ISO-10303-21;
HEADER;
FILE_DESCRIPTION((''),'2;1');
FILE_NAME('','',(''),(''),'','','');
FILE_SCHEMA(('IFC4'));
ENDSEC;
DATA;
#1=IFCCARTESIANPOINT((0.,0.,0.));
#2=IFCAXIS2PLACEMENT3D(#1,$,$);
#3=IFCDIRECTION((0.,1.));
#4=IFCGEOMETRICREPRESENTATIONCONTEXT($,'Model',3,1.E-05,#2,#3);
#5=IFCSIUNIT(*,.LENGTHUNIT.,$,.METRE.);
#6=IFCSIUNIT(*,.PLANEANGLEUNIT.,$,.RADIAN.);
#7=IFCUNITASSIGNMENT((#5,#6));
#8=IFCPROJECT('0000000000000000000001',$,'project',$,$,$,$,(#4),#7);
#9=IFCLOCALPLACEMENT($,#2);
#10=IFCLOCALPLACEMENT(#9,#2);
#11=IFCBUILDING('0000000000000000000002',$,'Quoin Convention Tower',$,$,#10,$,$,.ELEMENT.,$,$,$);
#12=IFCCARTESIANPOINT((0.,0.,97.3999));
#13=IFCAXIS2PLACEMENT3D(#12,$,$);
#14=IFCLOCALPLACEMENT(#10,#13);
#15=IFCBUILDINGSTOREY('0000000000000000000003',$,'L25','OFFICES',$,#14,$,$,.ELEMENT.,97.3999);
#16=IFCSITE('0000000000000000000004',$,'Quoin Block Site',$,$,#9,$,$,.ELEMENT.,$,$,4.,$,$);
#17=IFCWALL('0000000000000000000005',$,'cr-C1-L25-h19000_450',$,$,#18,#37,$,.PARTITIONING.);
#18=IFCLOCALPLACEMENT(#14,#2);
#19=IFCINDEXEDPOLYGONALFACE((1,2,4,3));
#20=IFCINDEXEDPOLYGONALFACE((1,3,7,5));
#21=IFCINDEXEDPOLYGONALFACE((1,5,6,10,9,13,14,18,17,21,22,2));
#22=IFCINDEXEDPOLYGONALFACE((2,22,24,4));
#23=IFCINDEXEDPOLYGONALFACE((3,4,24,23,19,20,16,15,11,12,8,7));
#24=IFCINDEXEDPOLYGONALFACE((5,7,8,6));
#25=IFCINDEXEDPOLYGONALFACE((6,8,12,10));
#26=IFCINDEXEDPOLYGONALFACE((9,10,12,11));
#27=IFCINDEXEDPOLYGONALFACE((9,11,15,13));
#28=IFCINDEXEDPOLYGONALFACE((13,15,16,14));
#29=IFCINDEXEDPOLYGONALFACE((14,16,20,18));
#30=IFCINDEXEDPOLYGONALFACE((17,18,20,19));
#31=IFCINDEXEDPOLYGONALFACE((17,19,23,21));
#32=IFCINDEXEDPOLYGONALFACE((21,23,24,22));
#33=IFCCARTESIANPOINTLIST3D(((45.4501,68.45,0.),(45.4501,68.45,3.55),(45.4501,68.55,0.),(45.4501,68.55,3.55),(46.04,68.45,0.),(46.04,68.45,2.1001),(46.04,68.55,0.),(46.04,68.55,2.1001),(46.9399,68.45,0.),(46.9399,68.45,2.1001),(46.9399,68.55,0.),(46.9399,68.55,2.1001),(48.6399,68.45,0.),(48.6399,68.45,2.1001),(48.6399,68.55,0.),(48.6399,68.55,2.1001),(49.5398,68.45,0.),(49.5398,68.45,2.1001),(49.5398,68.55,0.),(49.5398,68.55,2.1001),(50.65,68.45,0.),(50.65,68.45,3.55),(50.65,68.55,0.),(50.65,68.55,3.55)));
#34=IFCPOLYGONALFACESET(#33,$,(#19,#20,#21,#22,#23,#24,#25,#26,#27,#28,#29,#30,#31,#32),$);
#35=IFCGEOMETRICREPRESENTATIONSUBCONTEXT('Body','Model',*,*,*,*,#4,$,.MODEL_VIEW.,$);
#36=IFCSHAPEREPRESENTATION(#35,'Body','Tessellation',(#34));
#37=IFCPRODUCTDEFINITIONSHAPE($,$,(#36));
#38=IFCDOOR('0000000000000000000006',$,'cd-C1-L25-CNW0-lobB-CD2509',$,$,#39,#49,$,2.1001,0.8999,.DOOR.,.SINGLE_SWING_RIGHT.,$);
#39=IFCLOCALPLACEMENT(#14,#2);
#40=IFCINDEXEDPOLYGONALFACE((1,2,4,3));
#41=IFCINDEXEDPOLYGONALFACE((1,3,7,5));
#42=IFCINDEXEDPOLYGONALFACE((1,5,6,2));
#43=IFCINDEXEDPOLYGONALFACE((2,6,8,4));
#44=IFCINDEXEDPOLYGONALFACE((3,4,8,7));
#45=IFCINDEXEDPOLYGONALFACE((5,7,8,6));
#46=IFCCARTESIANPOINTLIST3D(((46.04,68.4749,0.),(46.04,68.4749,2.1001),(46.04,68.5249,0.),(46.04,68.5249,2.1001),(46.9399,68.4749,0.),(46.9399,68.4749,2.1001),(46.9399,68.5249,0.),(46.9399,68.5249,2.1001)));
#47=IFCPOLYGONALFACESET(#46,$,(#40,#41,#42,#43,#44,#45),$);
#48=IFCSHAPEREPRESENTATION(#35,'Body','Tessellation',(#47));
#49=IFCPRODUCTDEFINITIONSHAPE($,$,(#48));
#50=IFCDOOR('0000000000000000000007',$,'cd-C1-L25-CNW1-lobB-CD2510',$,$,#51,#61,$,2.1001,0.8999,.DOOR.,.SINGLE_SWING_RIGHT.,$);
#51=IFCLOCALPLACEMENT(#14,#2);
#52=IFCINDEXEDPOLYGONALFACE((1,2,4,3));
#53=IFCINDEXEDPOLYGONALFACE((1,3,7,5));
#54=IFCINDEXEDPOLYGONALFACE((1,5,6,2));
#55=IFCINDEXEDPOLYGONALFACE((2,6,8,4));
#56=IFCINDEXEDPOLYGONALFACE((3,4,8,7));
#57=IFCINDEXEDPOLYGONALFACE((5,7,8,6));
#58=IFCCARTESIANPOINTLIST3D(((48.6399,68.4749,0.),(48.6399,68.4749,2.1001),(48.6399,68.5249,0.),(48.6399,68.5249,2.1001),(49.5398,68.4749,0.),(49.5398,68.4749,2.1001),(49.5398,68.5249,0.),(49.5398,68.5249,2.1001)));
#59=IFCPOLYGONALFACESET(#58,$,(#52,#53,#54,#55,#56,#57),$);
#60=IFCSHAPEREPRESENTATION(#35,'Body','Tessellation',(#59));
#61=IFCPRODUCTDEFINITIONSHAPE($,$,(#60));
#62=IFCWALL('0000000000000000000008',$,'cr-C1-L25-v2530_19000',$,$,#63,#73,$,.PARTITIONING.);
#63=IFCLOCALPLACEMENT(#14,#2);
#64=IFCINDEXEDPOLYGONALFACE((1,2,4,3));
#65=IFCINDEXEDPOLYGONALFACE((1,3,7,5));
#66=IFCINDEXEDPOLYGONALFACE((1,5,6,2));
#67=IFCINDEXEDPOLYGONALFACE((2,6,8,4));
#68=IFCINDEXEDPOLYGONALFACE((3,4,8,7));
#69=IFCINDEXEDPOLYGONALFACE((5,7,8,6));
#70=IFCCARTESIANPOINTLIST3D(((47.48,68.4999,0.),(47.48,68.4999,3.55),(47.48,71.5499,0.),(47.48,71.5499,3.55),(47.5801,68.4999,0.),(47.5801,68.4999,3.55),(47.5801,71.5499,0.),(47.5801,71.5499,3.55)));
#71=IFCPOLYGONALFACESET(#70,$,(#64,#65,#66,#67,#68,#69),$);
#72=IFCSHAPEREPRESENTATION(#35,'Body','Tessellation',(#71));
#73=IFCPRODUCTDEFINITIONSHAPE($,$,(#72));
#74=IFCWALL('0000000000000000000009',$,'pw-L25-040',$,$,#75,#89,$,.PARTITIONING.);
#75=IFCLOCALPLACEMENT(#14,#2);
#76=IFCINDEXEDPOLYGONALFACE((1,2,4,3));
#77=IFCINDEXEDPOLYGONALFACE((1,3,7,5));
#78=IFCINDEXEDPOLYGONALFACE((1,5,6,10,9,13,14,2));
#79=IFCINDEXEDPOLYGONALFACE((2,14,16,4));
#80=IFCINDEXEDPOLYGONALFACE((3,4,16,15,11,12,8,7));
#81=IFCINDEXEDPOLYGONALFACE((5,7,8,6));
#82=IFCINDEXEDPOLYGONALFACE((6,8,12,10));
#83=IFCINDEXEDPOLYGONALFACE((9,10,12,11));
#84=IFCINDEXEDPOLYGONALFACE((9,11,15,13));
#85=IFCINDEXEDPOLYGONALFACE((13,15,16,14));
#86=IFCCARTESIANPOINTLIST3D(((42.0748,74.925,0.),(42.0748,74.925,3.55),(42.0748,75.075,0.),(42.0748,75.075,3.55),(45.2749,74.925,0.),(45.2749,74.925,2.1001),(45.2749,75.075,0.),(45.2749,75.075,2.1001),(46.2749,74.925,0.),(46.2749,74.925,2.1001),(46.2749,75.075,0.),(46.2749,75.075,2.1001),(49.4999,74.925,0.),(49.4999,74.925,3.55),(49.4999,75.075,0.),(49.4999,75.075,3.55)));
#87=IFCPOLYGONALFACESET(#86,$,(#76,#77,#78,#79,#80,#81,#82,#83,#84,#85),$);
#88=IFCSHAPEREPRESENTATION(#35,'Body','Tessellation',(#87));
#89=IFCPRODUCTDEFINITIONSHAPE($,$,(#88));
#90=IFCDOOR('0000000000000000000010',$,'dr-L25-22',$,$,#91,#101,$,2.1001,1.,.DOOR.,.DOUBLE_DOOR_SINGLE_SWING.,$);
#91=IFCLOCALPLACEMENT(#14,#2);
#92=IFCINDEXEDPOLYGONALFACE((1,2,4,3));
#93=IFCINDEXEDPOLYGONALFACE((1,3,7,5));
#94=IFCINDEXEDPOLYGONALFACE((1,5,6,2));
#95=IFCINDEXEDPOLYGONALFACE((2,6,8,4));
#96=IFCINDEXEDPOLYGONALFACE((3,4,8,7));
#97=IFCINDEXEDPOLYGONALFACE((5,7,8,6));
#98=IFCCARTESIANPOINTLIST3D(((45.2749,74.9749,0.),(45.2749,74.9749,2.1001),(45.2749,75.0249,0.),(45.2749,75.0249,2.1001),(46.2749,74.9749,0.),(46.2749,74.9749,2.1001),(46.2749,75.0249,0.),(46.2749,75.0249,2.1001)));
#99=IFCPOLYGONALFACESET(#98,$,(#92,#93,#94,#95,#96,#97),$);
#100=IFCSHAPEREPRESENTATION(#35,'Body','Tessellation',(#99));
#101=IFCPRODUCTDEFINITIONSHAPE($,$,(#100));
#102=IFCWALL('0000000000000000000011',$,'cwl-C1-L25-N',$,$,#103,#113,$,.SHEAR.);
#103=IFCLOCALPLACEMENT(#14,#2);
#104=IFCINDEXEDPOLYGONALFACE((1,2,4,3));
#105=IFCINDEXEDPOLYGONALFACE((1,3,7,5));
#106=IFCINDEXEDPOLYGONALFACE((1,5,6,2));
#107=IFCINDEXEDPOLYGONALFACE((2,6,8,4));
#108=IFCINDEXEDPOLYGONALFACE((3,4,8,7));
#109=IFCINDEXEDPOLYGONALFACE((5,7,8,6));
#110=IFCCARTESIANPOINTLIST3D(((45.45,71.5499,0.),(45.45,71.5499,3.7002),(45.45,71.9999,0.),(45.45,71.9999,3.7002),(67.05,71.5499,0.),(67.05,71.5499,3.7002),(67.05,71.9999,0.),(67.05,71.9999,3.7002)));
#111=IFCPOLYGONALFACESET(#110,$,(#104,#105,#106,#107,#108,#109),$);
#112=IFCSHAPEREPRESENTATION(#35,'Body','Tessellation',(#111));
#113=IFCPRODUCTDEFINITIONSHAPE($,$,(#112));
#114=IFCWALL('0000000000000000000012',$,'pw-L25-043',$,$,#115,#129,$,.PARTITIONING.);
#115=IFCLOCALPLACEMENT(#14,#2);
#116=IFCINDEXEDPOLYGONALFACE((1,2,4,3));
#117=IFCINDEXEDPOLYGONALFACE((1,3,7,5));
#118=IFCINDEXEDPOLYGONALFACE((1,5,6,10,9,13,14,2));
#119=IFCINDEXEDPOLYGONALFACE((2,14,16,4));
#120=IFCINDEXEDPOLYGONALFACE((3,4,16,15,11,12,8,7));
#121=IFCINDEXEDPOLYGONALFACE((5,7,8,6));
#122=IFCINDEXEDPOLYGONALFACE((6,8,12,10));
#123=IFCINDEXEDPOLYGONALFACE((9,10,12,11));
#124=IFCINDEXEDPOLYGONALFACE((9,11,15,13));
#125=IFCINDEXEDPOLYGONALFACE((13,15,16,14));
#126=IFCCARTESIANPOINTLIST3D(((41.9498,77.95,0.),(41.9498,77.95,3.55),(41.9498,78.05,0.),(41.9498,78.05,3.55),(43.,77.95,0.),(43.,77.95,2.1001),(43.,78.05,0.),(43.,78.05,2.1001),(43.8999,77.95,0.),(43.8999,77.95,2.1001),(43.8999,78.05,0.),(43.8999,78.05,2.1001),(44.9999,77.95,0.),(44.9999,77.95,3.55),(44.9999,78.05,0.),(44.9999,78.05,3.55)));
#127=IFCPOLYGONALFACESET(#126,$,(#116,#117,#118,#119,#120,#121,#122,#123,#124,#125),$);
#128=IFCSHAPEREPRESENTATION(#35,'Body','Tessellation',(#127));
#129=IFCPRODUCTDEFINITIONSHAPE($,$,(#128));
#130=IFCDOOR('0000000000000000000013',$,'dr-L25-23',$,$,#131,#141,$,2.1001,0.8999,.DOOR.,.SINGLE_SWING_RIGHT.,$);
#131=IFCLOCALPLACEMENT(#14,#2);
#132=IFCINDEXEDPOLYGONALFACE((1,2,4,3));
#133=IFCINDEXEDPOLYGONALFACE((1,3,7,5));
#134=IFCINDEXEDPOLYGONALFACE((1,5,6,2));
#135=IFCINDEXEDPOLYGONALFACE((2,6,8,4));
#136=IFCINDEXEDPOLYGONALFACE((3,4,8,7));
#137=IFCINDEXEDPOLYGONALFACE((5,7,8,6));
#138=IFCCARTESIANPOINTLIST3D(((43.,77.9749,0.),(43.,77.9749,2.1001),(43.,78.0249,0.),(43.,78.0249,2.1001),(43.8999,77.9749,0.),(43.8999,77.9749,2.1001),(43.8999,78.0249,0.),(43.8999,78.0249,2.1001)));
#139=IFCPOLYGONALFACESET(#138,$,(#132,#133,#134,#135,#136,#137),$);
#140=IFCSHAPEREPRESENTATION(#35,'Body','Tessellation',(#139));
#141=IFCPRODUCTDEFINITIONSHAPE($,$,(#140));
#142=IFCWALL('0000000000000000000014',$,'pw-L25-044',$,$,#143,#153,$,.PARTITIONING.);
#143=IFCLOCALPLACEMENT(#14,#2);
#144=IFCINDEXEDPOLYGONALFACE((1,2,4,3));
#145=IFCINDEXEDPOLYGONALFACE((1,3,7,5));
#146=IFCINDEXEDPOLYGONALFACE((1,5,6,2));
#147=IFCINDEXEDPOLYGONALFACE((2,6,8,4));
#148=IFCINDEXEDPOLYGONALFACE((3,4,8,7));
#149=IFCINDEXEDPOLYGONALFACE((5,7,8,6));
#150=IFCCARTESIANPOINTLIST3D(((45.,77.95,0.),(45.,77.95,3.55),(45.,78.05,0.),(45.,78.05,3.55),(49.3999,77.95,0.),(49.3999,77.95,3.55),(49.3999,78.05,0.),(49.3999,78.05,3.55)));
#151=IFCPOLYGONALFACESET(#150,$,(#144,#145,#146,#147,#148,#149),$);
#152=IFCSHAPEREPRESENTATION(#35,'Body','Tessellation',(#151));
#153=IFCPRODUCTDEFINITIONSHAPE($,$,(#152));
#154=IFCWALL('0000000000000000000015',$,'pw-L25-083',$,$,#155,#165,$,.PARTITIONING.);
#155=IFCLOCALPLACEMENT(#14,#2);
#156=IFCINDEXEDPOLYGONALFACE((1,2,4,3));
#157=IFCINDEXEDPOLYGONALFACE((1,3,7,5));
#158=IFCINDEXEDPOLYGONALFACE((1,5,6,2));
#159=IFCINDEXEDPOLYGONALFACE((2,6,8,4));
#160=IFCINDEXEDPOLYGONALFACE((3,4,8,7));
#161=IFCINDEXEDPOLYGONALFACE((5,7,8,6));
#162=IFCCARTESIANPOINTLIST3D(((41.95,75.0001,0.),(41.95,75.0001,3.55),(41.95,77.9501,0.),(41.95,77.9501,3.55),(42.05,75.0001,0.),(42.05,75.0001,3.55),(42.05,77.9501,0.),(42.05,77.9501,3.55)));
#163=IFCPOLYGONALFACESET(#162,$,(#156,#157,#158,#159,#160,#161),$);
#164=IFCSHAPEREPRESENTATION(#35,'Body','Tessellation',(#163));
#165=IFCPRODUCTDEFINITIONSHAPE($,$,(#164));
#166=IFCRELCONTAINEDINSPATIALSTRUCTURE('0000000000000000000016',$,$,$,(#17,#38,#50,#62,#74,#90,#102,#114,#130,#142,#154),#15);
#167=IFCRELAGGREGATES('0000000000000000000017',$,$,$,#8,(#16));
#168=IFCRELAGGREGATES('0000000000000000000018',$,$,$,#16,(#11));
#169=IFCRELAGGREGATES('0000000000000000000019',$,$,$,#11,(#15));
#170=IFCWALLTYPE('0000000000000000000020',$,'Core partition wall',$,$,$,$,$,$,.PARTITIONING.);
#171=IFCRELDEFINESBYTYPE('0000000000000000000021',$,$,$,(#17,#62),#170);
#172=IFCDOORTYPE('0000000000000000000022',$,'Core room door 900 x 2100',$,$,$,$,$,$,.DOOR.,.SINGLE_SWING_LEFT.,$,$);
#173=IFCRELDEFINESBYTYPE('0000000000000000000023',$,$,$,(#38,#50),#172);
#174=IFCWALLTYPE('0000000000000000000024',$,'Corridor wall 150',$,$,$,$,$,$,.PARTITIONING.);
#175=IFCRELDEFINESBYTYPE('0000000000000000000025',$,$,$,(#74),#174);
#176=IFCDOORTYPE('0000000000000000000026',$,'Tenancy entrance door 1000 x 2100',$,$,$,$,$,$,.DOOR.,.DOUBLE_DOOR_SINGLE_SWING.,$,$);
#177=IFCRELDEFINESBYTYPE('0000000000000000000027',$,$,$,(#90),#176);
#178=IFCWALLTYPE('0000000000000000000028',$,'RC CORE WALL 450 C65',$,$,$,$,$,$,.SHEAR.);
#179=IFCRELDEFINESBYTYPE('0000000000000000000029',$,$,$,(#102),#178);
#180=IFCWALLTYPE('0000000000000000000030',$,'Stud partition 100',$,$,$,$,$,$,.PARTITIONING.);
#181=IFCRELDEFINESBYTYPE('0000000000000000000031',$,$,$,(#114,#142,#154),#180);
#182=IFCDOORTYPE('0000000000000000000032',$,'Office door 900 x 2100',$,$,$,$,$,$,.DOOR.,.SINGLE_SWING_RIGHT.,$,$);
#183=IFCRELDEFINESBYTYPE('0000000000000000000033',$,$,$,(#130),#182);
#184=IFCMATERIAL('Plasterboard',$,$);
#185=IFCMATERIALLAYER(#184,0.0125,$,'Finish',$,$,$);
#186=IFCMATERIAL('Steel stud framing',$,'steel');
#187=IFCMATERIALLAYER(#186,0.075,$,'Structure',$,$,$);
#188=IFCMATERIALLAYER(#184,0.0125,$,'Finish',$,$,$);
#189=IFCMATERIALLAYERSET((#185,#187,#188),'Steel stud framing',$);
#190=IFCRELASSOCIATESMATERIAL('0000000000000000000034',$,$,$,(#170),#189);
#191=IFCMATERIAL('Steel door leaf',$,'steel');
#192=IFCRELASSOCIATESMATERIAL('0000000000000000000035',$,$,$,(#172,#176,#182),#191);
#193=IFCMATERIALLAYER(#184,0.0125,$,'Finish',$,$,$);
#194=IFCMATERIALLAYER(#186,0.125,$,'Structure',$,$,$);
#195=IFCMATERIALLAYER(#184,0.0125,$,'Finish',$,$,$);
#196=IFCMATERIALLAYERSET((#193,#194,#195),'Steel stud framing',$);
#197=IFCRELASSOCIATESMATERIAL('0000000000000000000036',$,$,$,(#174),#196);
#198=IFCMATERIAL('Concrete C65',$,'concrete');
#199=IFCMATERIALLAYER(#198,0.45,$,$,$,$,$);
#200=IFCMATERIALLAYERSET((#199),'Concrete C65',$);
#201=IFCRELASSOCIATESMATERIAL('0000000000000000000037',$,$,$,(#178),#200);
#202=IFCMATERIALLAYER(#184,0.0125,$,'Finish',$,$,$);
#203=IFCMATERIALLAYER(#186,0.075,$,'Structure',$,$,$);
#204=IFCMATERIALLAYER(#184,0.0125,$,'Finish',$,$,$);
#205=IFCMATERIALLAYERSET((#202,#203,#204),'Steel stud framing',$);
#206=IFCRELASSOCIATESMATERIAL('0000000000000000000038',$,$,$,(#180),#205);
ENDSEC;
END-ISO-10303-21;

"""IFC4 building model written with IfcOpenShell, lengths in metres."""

from ifc_helpers import new_model, si_unit, direction, frame, frame_2d, origin, place, context, subcontext, project, spatial, rectangle, extrude, material, layer, layer_set, type_object, element, fill, save


model = new_model("IFC4")

# Units and contexts
model_context = context("Model", 3, precision=1e-05, world=origin(), true_north=direction((0.0, 1.0)))
body_context = subcontext(model_context, "Body", "Model", "MODEL_VIEW")
ifc_project = project(units=[si_unit("LENGTHUNIT", "METRE"), si_unit("PLANEANGLEUNIT", "RADIAN")], contexts=[model_context])

# Site, building, storey
site_placement = place(None, origin())
site = spatial("IfcSite", under=ifc_project, at=site_placement, Name="Quoin Block Site", CompositionType="ELEMENT", RefElevation=4.0)
building_placement = place(site_placement, origin())
building = spatial("IfcBuilding", under=site, at=building_placement, Name="Quoin Convention Tower", CompositionType="ELEMENT")
storey_placement = place(building_placement, frame((0.0, 0.0, 97.3999)))
storey = spatial("IfcBuildingStorey", under=building, at=storey_placement, Name="L25", Description="OFFICES", CompositionType="ELEMENT", Elevation=97.3999)

# Shared definitions
ifc_material_1 = material(Name="Concrete C65", Category="concrete")

# Wall, openings, doors
ifc_material_2 = material(Name="Plasterboard")
ifc_layer_1 = layer(ifc_material_2, 0.0125, Name="Finish")
ifc_material_3 = material(Name="Steel stud framing", Category="steel")
ifc_layer_2 = layer(ifc_material_3, 0.075, Name="Structure")
ifc_layer_3 = layer(ifc_material_2, 0.0125, Name="Finish")
ifc_layer_set_1 = layer_set([ifc_layer_1, ifc_layer_2, ifc_layer_3], Name="Steel stud framing")
wall_type_1 = type_object("IfcWallType", Name="Core partition wall", PredefinedType="PARTITIONING", material=ifc_layer_set_1)
wall_1_placement = place(storey_placement, frame((45.45, 68.5, 0.0), z_axis=(0.0, 0.0, 1.0), x_axis=(1.0, 0.0, 0.0)))
wall_1 = element("IfcWall", 1, at=wall_1_placement, inside=storey, type_object=wall_type_1, Name="cr-C1-L25-h19000_450", PredefinedType="PARTITIONING", context=body_context, shape_type="SweptSolid", body=[
    extrude(rectangle(XDim=5.2, YDim=0.1001, at=frame_2d((2.6001, 0.0))), origin(), (0.0, 0.0, 1.0), 3.55),
])
opening_1_placement = place(wall_1_placement, frame((0.5901, 0.0, 0.0)))
opening_1 = element("IfcOpeningElement", 2, at=opening_1_placement, cuts=wall_1, PredefinedType="OPENING", context=body_context, shape_type="SweptSolid", body=[
    extrude(rectangle(XDim=0.8999, YDim=2.1001, at=frame_2d((0.45, 1.05))), frame((0.0, 0.0601, 0.0), z_axis=(0.0, -1.0, 0.0), x_axis=(1.0, 0.0, 0.0)), (0.0, 0.0, 1.0), 0.1201),
])
opening_2_placement = place(wall_1_placement, frame((3.1899, 0.0, 0.0)))
opening_2 = element("IfcOpeningElement", 3, at=opening_2_placement, cuts=wall_1, PredefinedType="OPENING", context=body_context, shape_type="SweptSolid", body=[
    extrude(rectangle(XDim=0.8999, YDim=2.1001, at=frame_2d((0.45, 1.05))), frame((0.0, 0.0601, 0.0), z_axis=(0.0, -1.0, 0.0), x_axis=(1.0, 0.0, 0.0)), (0.0, 0.0, 1.0), 0.1201),
])
ifc_material_4 = material(Name="Steel door leaf", Category="steel")
door_type_1 = type_object("IfcDoorType", Name="Core room door 900 x 2100", OperationType="SINGLE_SWING_LEFT", PredefinedType="DOOR", material=ifc_material_4)
door_1_placement = place(opening_1_placement, origin())
door_1 = element("IfcDoor", 4, at=door_1_placement, inside=storey, type_object=door_type_1, Name="cd-C1-L25-CNW0-lobB-CD2509", OperationType="SINGLE_SWING_RIGHT", OverallHeight=2.1001, OverallWidth=0.8999, PredefinedType="DOOR", context=body_context, shape_type="SweptSolid", body=[
    extrude(rectangle(XDim=0.8999, YDim=2.1001, at=frame_2d((0.45, 1.05))), frame((0.0, 0.0249, 0.0), z_axis=(0.0, -1.0, 0.0), x_axis=(1.0, 0.0, 0.0)), (0.0, 0.0, 1.0), 0.05),
])
fill(opening_1, door_1)
door_2_placement = place(opening_2_placement, origin())
door_2 = element("IfcDoor", 5, at=door_2_placement, inside=storey, type_object=door_type_1, Name="cd-C1-L25-CNW1-lobB-CD2510", OperationType="SINGLE_SWING_RIGHT", OverallHeight=2.1001, OverallWidth=0.8999, PredefinedType="DOOR", context=body_context, shape_type="SweptSolid", body=[
    extrude(rectangle(XDim=0.8999, YDim=2.1001, at=frame_2d((0.45, 1.05))), frame((0.0, 0.0249, 0.0), z_axis=(0.0, -1.0, 0.0), x_axis=(1.0, 0.0, 0.0)), (0.0, 0.0, 1.0), 0.05),
])
fill(opening_2, door_2)

# Wall
wall_2_placement = place(storey_placement, frame((47.53, 68.5, 0.0), z_axis=(0.0, 0.0, 1.0), x_axis=(0.0, 1.0, 0.0)))
element("IfcWall", 6, at=wall_2_placement, inside=storey, type_object=wall_type_1, Name="cr-C1-L25-v2530_19000", PredefinedType="PARTITIONING", context=body_context, shape_type="SweptSolid", body=[
    extrude(rectangle(XDim=3.05, YDim=0.1001, at=frame_2d((1.5249, 0.0))), origin(), (0.0, 0.0, 1.0), 3.55),
])

# Wall, opening, door
ifc_layer_4 = layer(ifc_material_2, 0.0125, Name="Finish")
ifc_layer_5 = layer(ifc_material_3, 0.125, Name="Structure")
ifc_layer_6 = layer(ifc_material_2, 0.0125, Name="Finish")
ifc_layer_set_2 = layer_set([ifc_layer_4, ifc_layer_5, ifc_layer_6], Name="Steel stud framing")
wall_type_2 = type_object("IfcWallType", Name="Corridor wall 150", PredefinedType="PARTITIONING", material=ifc_layer_set_2)
wall_3_placement = place(storey_placement, frame((42.075, 75.0, 0.0), z_axis=(0.0, 0.0, 1.0), x_axis=(1.0, 0.0, 0.0)))
wall_3 = element("IfcWall", 7, at=wall_3_placement, inside=storey, type_object=wall_type_2, Name="pw-L25-040", PredefinedType="PARTITIONING", context=body_context, shape_type="SweptSolid", body=[
    extrude(rectangle(XDim=7.425, YDim=0.1499, at=frame_2d((3.7124, 0.0))), origin(), (0.0, 0.0, 1.0), 3.55),
])
opening_3_placement = place(wall_3_placement, frame((3.2, 0.0, 0.0)))
opening_3 = element("IfcOpeningElement", 8, at=opening_3_placement, cuts=wall_3, PredefinedType="OPENING", context=body_context, shape_type="SweptSolid", body=[
    extrude(rectangle(XDim=1.0, YDim=2.1001, at=frame_2d((0.5, 1.05))), frame((0.0, 0.085, 0.0), z_axis=(0.0, -1.0, 0.0), x_axis=(1.0, 0.0, 0.0)), (0.0, 0.0, 1.0), 0.1699),
])
door_type_2 = type_object("IfcDoorType", Name="Tenancy entrance door 1000 x 2100", OperationType="DOUBLE_DOOR_SINGLE_SWING", PredefinedType="DOOR", material=ifc_material_4)
door_3_placement = place(opening_3_placement, origin())
door_3 = element("IfcDoor", 9, at=door_3_placement, inside=storey, type_object=door_type_2, Name="dr-L25-22", OperationType="DOUBLE_DOOR_SINGLE_SWING", OverallHeight=2.1001, OverallWidth=1.0, PredefinedType="DOOR", context=body_context, shape_type="SweptSolid", body=[
    extrude(rectangle(XDim=1.0, YDim=2.1001, at=frame_2d((0.5, 1.05))), frame((0.0, 0.0249, 0.0), z_axis=(0.0, -1.0, 0.0), x_axis=(1.0, 0.0, 0.0)), (0.0, 0.0, 1.0), 0.05),
])
fill(opening_3, door_3)

# Wall
ifc_layer_7 = layer(ifc_material_1, 0.45)
ifc_layer_set_3 = layer_set([ifc_layer_7], Name="Concrete C65")
wall_type_3 = type_object("IfcWallType", Name="RC CORE WALL 450 C65", PredefinedType="SHEAR", material=ifc_layer_set_3)
wall_4_placement = place(storey_placement, frame((45.45, 71.7749, 0.0), z_axis=(0.0, 0.0, 1.0), x_axis=(1.0, 0.0, 0.0)))
element("IfcWall", 10, at=wall_4_placement, inside=storey, type_object=wall_type_3, Name="cwl-C1-L25-N", PredefinedType="SHEAR", context=body_context, shape_type="SweptSolid", body=[
    extrude(rectangle(XDim=21.6001, YDim=0.45, at=frame_2d((10.8, 0.0))), origin(), (0.0, 0.0, 1.0), 3.7002),
])

# Wall, opening, door
ifc_layer_8 = layer(ifc_material_2, 0.0125, Name="Finish")
ifc_layer_9 = layer(ifc_material_3, 0.075, Name="Structure")
ifc_layer_10 = layer(ifc_material_2, 0.0125, Name="Finish")
ifc_layer_set_4 = layer_set([ifc_layer_8, ifc_layer_9, ifc_layer_10], Name="Steel stud framing")
wall_type_4 = type_object("IfcWallType", Name="Stud partition 100", PredefinedType="PARTITIONING", material=ifc_layer_set_4)
wall_5_placement = place(storey_placement, frame((41.95, 78.0, 0.0), z_axis=(0.0, 0.0, 1.0), x_axis=(1.0, 0.0, 0.0)))
wall_5 = element("IfcWall", 11, at=wall_5_placement, inside=storey, type_object=wall_type_4, Name="pw-L25-043", PredefinedType="PARTITIONING", context=body_context, shape_type="SweptSolid", body=[
    extrude(rectangle(XDim=3.05, YDim=0.1001, at=frame_2d((1.5249, 0.0))), origin(), (0.0, 0.0, 1.0), 3.55),
])
opening_4_placement = place(wall_5_placement, frame((1.05, 0.0, 0.0)))
opening_4 = element("IfcOpeningElement", 12, at=opening_4_placement, cuts=wall_5, PredefinedType="OPENING", context=body_context, shape_type="SweptSolid", body=[
    extrude(rectangle(XDim=0.8999, YDim=2.1001, at=frame_2d((0.45, 1.05))), frame((0.0, 0.0601, 0.0), z_axis=(0.0, -1.0, 0.0), x_axis=(1.0, 0.0, 0.0)), (0.0, 0.0, 1.0), 0.1201),
])
door_type_3 = type_object("IfcDoorType", Name="Office door 900 x 2100", OperationType="SINGLE_SWING_RIGHT", PredefinedType="DOOR", material=ifc_material_4)
door_4_placement = place(opening_4_placement, origin())
door_4 = element("IfcDoor", 13, at=door_4_placement, inside=storey, type_object=door_type_3, Name="dr-L25-23", OperationType="SINGLE_SWING_RIGHT", OverallHeight=2.1001, OverallWidth=0.8999, PredefinedType="DOOR", context=body_context, shape_type="SweptSolid", body=[
    extrude(rectangle(XDim=0.8999, YDim=2.1001, at=frame_2d((0.45, 1.05))), frame((0.0, 0.0249, 0.0), z_axis=(0.0, -1.0, 0.0), x_axis=(1.0, 0.0, 0.0)), (0.0, 0.0, 1.0), 0.05),
])
fill(opening_4, door_4)

# Walls
wall_6_placement = place(storey_placement, frame((45.0, 78.0, 0.0), z_axis=(0.0, 0.0, 1.0), x_axis=(1.0, 0.0, 0.0)))
element("IfcWall", 14, at=wall_6_placement, inside=storey, type_object=wall_type_4, Name="pw-L25-044", PredefinedType="PARTITIONING", context=body_context, shape_type="SweptSolid", body=[
    extrude(rectangle(XDim=4.3999, YDim=0.1001, at=frame_2d((2.2, 0.0))), origin(), (0.0, 0.0, 1.0), 3.55),
])
wall_7_placement = place(storey_placement, frame((42.0, 75.0, 0.0), z_axis=(0.0, 0.0, 1.0), x_axis=(0.0, 1.0, 0.0)))
element("IfcWall", 15, at=wall_7_placement, inside=storey, type_object=wall_type_4, Name="pw-L25-083", PredefinedType="PARTITIONING", context=body_context, shape_type="SweptSolid", body=[
    extrude(rectangle(XDim=2.95, YDim=0.1001, at=frame_2d((1.4751, 0.0))), origin(), (0.0, 0.0, 1.0), 3.55),
])

save(model, "model.ifc")
